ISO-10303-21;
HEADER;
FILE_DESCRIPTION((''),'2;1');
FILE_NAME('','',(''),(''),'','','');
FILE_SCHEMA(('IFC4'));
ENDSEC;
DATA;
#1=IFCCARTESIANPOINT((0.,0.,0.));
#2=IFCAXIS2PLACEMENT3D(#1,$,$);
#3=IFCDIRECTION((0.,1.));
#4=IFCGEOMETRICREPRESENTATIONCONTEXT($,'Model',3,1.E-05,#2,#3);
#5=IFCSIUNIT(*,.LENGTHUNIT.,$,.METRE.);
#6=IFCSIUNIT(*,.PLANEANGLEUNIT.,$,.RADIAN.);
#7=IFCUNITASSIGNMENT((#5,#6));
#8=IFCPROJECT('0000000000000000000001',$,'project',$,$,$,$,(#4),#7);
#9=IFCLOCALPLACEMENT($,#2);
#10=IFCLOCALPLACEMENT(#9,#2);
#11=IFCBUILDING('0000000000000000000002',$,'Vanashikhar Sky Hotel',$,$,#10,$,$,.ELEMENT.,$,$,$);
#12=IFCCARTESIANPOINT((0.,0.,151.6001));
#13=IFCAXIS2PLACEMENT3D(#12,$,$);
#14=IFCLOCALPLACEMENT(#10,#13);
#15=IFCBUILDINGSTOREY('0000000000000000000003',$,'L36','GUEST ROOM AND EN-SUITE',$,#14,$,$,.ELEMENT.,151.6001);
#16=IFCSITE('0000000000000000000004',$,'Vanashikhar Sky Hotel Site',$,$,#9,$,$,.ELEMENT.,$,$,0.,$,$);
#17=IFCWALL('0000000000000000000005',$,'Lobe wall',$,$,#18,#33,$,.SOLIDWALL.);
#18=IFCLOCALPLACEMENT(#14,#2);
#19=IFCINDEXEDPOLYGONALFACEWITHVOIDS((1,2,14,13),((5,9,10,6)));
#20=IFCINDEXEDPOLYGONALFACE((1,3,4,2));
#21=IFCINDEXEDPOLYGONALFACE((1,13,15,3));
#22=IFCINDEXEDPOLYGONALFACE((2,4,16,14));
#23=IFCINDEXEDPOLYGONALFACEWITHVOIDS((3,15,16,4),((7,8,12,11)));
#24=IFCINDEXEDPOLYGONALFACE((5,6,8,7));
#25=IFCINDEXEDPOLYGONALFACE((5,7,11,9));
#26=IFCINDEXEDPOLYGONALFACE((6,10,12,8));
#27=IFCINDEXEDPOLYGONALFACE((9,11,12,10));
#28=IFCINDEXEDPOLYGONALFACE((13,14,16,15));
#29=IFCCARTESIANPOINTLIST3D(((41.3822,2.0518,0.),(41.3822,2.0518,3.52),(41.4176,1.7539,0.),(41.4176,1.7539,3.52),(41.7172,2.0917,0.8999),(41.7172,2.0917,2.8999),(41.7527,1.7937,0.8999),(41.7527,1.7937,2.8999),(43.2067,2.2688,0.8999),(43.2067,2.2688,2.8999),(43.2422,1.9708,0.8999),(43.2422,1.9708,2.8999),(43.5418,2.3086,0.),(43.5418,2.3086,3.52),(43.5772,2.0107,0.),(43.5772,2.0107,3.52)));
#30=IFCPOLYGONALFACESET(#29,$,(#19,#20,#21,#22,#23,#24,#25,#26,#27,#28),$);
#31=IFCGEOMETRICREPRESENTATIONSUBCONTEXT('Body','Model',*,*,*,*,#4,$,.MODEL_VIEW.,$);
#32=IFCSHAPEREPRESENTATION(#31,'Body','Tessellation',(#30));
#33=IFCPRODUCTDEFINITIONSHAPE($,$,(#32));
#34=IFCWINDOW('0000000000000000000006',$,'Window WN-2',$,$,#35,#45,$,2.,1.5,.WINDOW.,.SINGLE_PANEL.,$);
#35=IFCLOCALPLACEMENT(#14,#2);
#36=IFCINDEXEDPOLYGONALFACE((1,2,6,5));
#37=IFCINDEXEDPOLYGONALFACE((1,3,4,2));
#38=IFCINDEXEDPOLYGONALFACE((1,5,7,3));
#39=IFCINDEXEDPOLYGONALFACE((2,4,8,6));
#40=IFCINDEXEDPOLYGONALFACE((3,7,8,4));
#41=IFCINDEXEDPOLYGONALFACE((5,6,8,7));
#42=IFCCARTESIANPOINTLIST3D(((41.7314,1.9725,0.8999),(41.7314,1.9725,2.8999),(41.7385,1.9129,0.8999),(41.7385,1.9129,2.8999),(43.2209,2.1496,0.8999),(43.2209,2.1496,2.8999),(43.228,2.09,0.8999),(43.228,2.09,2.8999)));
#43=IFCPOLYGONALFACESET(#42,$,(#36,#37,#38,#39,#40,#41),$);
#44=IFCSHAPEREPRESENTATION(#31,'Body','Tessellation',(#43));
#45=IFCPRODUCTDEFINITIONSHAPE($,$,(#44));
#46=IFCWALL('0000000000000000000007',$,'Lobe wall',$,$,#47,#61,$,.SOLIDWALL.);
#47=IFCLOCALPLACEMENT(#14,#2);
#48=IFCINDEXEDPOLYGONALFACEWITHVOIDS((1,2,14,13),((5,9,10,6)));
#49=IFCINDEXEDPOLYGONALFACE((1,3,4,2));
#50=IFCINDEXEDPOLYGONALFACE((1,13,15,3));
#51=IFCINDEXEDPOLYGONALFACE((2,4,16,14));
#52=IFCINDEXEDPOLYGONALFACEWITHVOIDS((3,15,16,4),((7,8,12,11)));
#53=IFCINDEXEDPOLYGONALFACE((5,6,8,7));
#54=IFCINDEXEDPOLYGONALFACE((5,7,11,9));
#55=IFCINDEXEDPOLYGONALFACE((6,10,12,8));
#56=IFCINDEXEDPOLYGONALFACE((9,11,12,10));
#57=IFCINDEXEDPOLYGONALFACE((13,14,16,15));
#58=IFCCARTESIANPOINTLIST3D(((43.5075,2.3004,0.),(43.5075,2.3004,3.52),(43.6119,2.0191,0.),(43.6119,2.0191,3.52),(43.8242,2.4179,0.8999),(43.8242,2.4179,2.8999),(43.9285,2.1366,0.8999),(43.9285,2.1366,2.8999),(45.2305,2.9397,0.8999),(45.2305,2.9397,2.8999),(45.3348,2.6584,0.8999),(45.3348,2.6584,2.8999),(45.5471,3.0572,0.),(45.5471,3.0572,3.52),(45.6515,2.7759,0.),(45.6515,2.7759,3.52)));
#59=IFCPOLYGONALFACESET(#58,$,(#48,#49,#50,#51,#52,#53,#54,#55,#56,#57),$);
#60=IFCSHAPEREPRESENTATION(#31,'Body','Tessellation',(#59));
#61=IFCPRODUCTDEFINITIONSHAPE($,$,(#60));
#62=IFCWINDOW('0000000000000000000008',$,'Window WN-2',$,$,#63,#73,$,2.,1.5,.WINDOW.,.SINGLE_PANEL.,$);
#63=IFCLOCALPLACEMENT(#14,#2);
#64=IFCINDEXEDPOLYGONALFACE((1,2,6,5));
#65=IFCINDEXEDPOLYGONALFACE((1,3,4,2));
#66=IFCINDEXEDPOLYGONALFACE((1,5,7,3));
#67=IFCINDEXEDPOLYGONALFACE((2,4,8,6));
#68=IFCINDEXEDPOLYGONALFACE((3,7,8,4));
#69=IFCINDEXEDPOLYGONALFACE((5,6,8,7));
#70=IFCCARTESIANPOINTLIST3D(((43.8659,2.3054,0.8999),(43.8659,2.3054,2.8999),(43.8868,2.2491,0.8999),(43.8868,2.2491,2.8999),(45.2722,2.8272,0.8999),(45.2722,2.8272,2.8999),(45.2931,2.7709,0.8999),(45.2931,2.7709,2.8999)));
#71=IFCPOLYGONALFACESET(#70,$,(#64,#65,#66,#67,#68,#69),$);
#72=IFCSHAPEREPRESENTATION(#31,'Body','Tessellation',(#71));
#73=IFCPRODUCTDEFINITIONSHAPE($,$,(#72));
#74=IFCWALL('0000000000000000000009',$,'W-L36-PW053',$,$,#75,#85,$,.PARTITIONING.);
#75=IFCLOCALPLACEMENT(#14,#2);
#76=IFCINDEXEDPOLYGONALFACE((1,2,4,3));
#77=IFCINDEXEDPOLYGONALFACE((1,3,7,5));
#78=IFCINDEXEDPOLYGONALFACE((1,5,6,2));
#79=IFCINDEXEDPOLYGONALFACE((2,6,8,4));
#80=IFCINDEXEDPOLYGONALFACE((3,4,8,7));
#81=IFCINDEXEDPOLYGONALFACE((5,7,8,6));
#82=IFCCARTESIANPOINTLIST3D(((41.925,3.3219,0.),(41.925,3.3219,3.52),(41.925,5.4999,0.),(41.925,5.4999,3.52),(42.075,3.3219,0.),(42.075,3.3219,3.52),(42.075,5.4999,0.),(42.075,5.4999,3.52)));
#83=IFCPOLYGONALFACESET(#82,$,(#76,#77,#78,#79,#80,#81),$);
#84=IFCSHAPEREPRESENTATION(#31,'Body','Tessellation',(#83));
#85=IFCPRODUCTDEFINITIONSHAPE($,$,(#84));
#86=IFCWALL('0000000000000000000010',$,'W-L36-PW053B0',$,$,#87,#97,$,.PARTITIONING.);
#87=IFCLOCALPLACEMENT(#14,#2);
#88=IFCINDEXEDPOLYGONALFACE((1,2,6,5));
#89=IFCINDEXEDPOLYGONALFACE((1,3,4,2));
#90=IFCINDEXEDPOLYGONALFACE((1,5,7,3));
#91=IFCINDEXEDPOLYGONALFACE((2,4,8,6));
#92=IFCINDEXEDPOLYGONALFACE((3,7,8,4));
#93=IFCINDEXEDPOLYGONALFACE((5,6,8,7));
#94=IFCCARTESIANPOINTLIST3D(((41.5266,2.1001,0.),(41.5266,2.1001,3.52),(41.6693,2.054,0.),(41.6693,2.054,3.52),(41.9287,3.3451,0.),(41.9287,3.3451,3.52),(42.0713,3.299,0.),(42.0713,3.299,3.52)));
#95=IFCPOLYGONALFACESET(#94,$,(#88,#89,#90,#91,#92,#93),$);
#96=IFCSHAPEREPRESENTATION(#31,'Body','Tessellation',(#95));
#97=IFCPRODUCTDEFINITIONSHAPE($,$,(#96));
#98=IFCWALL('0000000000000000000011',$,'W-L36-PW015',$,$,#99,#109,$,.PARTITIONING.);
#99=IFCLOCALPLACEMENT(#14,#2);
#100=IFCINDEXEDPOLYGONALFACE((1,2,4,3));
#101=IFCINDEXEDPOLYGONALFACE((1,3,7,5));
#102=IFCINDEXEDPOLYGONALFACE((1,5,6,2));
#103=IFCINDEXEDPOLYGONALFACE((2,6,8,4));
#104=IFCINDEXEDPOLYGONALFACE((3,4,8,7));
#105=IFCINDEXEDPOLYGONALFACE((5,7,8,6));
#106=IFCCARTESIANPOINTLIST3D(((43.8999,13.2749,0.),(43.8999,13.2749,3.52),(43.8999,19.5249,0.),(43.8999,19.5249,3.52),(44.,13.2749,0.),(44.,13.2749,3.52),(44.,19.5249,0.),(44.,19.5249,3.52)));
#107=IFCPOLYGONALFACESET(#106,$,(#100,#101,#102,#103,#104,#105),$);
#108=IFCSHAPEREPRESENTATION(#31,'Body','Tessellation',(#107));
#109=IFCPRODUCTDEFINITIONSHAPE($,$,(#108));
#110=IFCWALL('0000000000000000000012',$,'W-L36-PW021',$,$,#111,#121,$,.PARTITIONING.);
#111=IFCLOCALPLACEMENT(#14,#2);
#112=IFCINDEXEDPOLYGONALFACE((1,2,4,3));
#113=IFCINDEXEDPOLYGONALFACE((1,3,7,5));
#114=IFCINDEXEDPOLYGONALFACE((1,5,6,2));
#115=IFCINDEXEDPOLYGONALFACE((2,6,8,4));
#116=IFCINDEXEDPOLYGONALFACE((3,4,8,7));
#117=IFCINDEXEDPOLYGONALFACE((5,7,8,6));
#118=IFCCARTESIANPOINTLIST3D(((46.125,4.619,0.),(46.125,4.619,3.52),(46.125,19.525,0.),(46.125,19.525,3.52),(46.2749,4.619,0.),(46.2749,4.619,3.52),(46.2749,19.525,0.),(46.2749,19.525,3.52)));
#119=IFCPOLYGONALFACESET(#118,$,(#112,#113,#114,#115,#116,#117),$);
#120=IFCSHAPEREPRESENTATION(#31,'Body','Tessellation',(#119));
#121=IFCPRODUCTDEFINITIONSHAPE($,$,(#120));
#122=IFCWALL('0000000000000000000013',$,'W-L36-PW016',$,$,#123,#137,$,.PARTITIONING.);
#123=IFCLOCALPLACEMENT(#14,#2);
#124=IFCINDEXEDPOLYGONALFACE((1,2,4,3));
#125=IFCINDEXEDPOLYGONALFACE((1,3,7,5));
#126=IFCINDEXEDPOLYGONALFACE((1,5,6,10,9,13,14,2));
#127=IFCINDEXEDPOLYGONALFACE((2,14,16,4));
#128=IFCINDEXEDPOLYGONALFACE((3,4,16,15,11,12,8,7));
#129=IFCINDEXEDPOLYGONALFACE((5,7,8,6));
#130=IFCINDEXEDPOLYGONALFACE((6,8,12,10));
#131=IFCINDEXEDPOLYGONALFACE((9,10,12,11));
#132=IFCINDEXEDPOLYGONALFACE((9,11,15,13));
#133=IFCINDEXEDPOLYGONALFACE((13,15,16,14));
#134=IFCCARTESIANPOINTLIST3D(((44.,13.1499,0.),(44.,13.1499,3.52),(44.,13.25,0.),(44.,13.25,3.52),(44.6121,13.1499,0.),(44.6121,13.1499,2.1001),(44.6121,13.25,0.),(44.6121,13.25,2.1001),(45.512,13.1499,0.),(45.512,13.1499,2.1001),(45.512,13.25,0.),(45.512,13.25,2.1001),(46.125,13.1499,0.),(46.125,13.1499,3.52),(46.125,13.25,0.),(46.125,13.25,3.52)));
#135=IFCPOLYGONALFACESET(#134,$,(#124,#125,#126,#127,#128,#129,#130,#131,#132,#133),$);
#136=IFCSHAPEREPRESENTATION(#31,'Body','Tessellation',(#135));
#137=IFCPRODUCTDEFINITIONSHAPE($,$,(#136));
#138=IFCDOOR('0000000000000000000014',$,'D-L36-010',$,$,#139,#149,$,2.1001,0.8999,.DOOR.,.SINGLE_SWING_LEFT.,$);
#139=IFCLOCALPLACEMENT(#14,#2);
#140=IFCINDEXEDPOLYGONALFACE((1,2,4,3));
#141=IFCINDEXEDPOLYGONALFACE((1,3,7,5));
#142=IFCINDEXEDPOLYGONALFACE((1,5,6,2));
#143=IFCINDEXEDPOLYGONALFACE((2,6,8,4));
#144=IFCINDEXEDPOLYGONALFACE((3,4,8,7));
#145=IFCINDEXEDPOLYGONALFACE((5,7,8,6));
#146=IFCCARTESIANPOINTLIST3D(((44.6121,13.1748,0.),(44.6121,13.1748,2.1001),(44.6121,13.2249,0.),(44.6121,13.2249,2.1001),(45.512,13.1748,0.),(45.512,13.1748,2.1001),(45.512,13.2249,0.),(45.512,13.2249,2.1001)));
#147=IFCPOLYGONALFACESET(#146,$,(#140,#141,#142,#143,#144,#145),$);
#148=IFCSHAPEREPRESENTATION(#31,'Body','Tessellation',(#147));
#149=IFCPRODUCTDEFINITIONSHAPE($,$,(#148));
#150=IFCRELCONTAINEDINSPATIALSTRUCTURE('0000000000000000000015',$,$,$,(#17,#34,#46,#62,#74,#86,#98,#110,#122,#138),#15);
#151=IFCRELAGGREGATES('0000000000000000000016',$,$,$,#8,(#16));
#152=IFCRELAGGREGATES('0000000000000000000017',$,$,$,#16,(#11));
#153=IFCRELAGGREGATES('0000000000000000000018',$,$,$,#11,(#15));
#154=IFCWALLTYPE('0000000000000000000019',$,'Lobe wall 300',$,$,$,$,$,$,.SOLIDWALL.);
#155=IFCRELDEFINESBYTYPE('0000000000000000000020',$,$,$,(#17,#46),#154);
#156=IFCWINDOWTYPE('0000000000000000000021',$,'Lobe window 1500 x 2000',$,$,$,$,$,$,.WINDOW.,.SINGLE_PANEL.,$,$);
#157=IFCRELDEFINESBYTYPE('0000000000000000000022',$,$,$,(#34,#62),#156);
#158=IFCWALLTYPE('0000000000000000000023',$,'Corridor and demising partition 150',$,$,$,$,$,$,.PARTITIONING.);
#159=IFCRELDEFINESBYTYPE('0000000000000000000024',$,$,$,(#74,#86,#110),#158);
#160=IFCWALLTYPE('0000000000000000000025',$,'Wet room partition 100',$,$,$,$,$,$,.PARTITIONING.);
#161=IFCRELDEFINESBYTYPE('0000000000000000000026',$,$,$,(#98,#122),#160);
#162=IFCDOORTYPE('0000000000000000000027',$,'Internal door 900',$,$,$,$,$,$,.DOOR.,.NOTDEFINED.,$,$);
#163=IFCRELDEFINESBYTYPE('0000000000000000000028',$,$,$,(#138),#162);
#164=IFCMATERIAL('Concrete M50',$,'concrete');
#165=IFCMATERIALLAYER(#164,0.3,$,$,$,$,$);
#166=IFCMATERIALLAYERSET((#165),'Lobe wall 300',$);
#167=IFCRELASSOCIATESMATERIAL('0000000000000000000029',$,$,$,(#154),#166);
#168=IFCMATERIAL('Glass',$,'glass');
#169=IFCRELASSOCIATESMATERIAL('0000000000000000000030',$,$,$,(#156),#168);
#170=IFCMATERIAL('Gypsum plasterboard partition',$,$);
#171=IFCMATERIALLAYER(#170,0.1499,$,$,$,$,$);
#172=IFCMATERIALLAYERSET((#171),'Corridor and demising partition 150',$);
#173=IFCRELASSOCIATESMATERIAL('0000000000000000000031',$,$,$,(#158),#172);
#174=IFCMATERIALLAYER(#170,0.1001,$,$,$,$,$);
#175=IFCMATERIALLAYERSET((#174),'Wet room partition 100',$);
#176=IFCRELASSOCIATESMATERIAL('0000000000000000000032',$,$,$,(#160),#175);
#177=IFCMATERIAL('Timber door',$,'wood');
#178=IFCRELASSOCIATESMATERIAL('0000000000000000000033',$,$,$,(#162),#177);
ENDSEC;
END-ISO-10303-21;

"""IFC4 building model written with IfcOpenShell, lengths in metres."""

from ifc_helpers import new_model, si_unit, direction, frame, frame_2d, origin, place, context, subcontext, project, spatial, rectangle, extrude, source, transform, mapped, material, layer, layer_set, type_object, element, fill, save


model = new_model("IFC4")

# Units and contexts
model_context = context("Model", 3, precision=1e-05, world=origin(), true_north=direction((0.0, 1.0)))
body_context = subcontext(model_context, "Body", "Model", "MODEL_VIEW")
ifc_project = project(units=[si_unit("LENGTHUNIT", "METRE"), si_unit("PLANEANGLEUNIT", "RADIAN")], contexts=[model_context])

# Site, building, storey
site_placement = place(None, origin())
site = spatial("IfcSite", under=ifc_project, at=site_placement, Name="Vanashikhar Sky Hotel Site", CompositionType="ELEMENT", RefElevation=0.0)
building_placement = place(site_placement, origin())
building = spatial("IfcBuilding", under=site, at=building_placement, Name="Vanashikhar Sky Hotel", CompositionType="ELEMENT")
storey_placement = place(building_placement, frame((0.0, 0.0, 151.6001)))
storey = spatial("IfcBuildingStorey", under=building, at=storey_placement, Name="L36", Description="GUEST ROOM AND EN-SUITE", CompositionType="ELEMENT", Elevation=151.6001)

# Shared definitions
ifc_material_1 = material(Name="Concrete M50", Category="concrete")

# Walls, openings, windows
ifc_layer_1 = layer(ifc_material_1, 0.3)
ifc_layer_set_1 = layer_set([ifc_layer_1], Name="Lobe wall 300")
wall_type_1 = type_object("IfcWallType", Name="Lobe wall 300", PredefinedType="SOLIDWALL", material=ifc_layer_set_1)
shared_shape_1 = source(origin(), body_context, "Body", "SweptSolid", [
    extrude(rectangle(XDim=1.5, YDim=2.0, at=frame_2d((0.75, 1.0))), frame((0.0, 0.1602, 0.0), z_axis=(0.0, -1.0, 0.0), x_axis=(1.0, 0.0, 0.0)), (0.0, 0.0, 1.0), 0.3201),
])
ifc_material_2 = material(Name="Glass", Category="glass")
window_type = type_object("IfcWindowType", Name="Lobe window 1500 x 2000", PartitioningType="SINGLE_PANEL", PredefinedType="WINDOW", material=ifc_material_2)
shared_shape_2 = source(origin(), body_context, "Body", "SweptSolid", [
    extrude(rectangle(XDim=1.5, YDim=2.0, at=frame_2d((0.75, 1.0))), frame((0.0, 0.03, 0.0), z_axis=(0.0, -1.0, 0.0), x_axis=(1.0, 0.0, 0.0)), (0.0, 0.0, 1.0), 0.0601),
])
shared_shape_3 = source(origin(), body_context, "Body", "SweptSolid", [
    extrude(rectangle(XDim=2.1748, YDim=0.3, at=frame_2d((1.0874, 0.0))), origin(), (0.0, 0.0, 1.0), 3.52),
])
wall_1_placement = place(storey_placement, frame((41.3999, 1.9028, 0.0), z_axis=(0.0, 0.0, 1.0), x_axis=(0.993003, 0.118092, 0.0)))
wall_1 = element("IfcWall", 1, at=wall_1_placement, inside=storey, type_object=wall_type_1, Name="Lobe wall", PredefinedType="SOLIDWALL", context=body_context, shape_type="MappedRepresentation", body=[
    mapped(shared_shape_3, transform((0.0, 0.0, 0.0), scale=1.0)),
])
opening_1_placement = place(wall_1_placement, frame((0.3374, 0.0, 0.8999)))
opening_1 = element("IfcOpeningElement", 2, at=opening_1_placement, cuts=wall_1, PredefinedType="OPENING", context=body_context, shape_type="MappedRepresentation", body=[
    mapped(shared_shape_1, transform((0.0, 0.0, 0.0), scale=1.0)),
])
window_1_placement = place(opening_1_placement, origin())
window_1 = element("IfcWindow", 3, at=window_1_placement, inside=storey, type_object=window_type, Name="Window WN-2", OverallHeight=2.0, OverallWidth=1.5, PartitioningType="SINGLE_PANEL", PredefinedType="WINDOW", context=body_context, shape_type="MappedRepresentation", body=[
    mapped(shared_shape_2, transform((0.0, 0.0, 0.0), scale=1.0)),
])
fill(opening_1, window_1)
shared_shape_4 = source(origin(), body_context, "Body", "SweptSolid", [
    extrude(rectangle(XDim=2.1755, YDim=0.3, at=frame_2d((1.0879, 0.0))), origin(), (0.0, 0.0, 1.0), 3.52),
])
wall_2_placement = place(storey_placement, frame((43.5596, 2.1597, 0.0), z_axis=(0.0, 0.0, 1.0), x_axis=(0.937532, 0.347899, 0.0)))
wall_2 = element("IfcWall", 4, at=wall_2_placement, inside=storey, type_object=wall_type_1, Name="Lobe wall", PredefinedType="SOLIDWALL", context=body_context, shape_type="MappedRepresentation", body=[
    mapped(shared_shape_4, transform((0.0, 0.0, 0.0), scale=1.0)),
])
opening_2_placement = place(wall_2_placement, frame((0.3379, 0.0, 0.8999)))
opening_2 = element("IfcOpeningElement", 5, at=opening_2_placement, cuts=wall_2, PredefinedType="OPENING", context=body_context, shape_type="MappedRepresentation", body=[
    mapped(shared_shape_1, transform((0.0, 0.0, 0.0), scale=1.0)),
])
window_2_placement = place(opening_2_placement, origin())
window_2 = element("IfcWindow", 6, at=window_2_placement, inside=storey, type_object=window_type, Name="Window WN-2", OverallHeight=2.0, OverallWidth=1.5, PartitioningType="SINGLE_PANEL", PredefinedType="WINDOW", context=body_context, shape_type="MappedRepresentation", body=[
    mapped(shared_shape_2, transform((0.0, 0.0, 0.0), scale=1.0)),
])
fill(opening_2, window_2)

# Walls
ifc_material_3 = material(Name="Gypsum plasterboard partition")
ifc_layer_2 = layer(ifc_material_3, 0.1499)
ifc_layer_set_2 = layer_set([ifc_layer_2], Name="Corridor and demising partition 150")
wall_type_2 = type_object("IfcWallType", Name="Corridor and demising partition 150", PredefinedType="PARTITIONING", material=ifc_layer_set_2)
shared_shape_5 = source(origin(), body_context, "Body", "SweptSolid", [
    extrude(rectangle(XDim=2.178, YDim=0.1499, at=frame_2d((1.0889, 0.0))), origin(), (0.0, 0.0, 1.0), 3.52),
])
wall_3_placement = place(storey_placement, frame((42.0, 3.322, 0.0), z_axis=(0.0, 0.0, 1.0), x_axis=(0.0, 1.0, 0.0)))
element("IfcWall", 7, at=wall_3_placement, inside=storey, type_object=wall_type_2, Name="W-L36-PW053", PredefinedType="PARTITIONING", context=body_context, shape_type="MappedRepresentation", body=[
    mapped(shared_shape_5, transform((0.0, 0.0, 0.0), scale=1.0)),
])
shared_shape_6 = source(origin(), body_context, "Body", "SweptSolid", [
    extrude(rectangle(XDim=1.3083, YDim=0.1499, at=frame_2d((0.6543, 0.0))), origin(), (0.0, 0.0, 1.0), 3.52),
])
wall_4_placement = place(storey_placement, frame((41.5979, 2.0769, 0.0), z_axis=(0.0, 0.0, 1.0), x_axis=(0.307314, 0.951608, 0.0)))
element("IfcWall", 8, at=wall_4_placement, inside=storey, type_object=wall_type_2, Name="W-L36-PW053B0", PredefinedType="PARTITIONING", context=body_context, shape_type="MappedRepresentation", body=[
    mapped(shared_shape_6, transform((0.0, 0.0, 0.0), scale=1.0)),
])
ifc_layer_3 = layer(ifc_material_3, 0.1001)
ifc_layer_set_3 = layer_set([ifc_layer_3], Name="Wet room partition 100")
wall_type_3 = type_object("IfcWallType", Name="Wet room partition 100", PredefinedType="PARTITIONING", material=ifc_layer_set_3)
shared_shape_7 = source(origin(), body_context, "Body", "SweptSolid", [
    extrude(rectangle(XDim=6.25, YDim=0.1001, at=frame_2d((3.125, 0.0))), origin(), (0.0, 0.0, 1.0), 3.52),
])
wall_5_placement = place(storey_placement, frame((43.95, 13.2749, 0.0), z_axis=(0.0, 0.0, 1.0), x_axis=(0.0, 1.0, 0.0)))
element("IfcWall", 9, at=wall_5_placement, inside=storey, type_object=wall_type_3, Name="W-L36-PW015", PredefinedType="PARTITIONING", context=body_context, shape_type="MappedRepresentation", body=[
    mapped(shared_shape_7, transform((0.0, 0.0, 0.0), scale=1.0)),
])
shared_shape_8 = source(origin(), body_context, "Body", "SweptSolid", [
    extrude(rectangle(XDim=14.906, YDim=0.1499, at=frame_2d((7.4531, 0.0))), origin(), (0.0, 0.0, 1.0), 3.52),
])
wall_6_placement = place(storey_placement, frame((46.2, 4.6189, 0.0), z_axis=(0.0, 0.0, 1.0), x_axis=(0.0, 1.0, 0.0)))
element("IfcWall", 10, at=wall_6_placement, inside=storey, type_object=wall_type_2, Name="W-L36-PW021", PredefinedType="PARTITIONING", context=body_context, shape_type="MappedRepresentation", body=[
    mapped(shared_shape_8, transform((0.0, 0.0, 0.0), scale=1.0)),
])

# Wall, opening, door
shared_shape_9 = source(origin(), body_context, "Body", "SweptSolid", [
    extrude(rectangle(XDim=2.125, YDim=0.1001, at=frame_2d((1.0625, 0.0))), origin(), (0.0, 0.0, 1.0), 3.52),
])
wall_7_placement = place(storey_placement, frame((44.0, 13.2, 0.0), z_axis=(0.0, 0.0, 1.0), x_axis=(1.0, 0.0, 0.0)))
wall_7 = element("IfcWall", 11, at=wall_7_placement, inside=storey, type_object=wall_type_3, Name="W-L36-PW016", PredefinedType="PARTITIONING", context=body_context, shape_type="MappedRepresentation", body=[
    mapped(shared_shape_9, transform((0.0, 0.0, 0.0), scale=1.0)),
])
shared_shape_10 = source(origin(), body_context, "Body", "SweptSolid", [
    extrude(rectangle(XDim=0.8999, YDim=2.1001, at=frame_2d((0.45, 1.05))), frame((0.0, 0.0601, 0.0), z_axis=(0.0, -1.0, 0.0), x_axis=(1.0, 0.0, 0.0)), (0.0, 0.0, 1.0), 0.1201),
])
opening_3_placement = place(wall_7_placement, frame((0.6121, 0.0, 0.0)))
opening_3 = element("IfcOpeningElement", 12, at=opening_3_placement, cuts=wall_7, PredefinedType="OPENING", context=body_context, shape_type="MappedRepresentation", body=[
    mapped(shared_shape_10, transform((0.0, 0.0, 0.0), scale=1.0)),
])
ifc_material_4 = material(Name="Timber door", Category="wood")
door_type_1 = type_object("IfcDoorType", Name="Internal door 900", OperationType="NOTDEFINED", PredefinedType="DOOR", material=ifc_material_4)
shared_shape_11 = source(origin(), body_context, "Body", "SweptSolid", [
    extrude(rectangle(XDim=0.8999, YDim=2.1001, at=frame_2d((0.45, 1.05))), frame((0.0, 0.0249, 0.0), z_axis=(0.0, -1.0, 0.0), x_axis=(1.0, 0.0, 0.0)), (0.0, 0.0, 1.0), 0.05),
])
door_1_placement = place(opening_3_placement, origin())
door_1 = element("IfcDoor", 13, at=door_1_placement, inside=storey, type_object=door_type_1, Name="D-L36-010", OperationType="SINGLE_SWING_LEFT", OverallHeight=2.1001, OverallWidth=0.8999, PredefinedType="DOOR", context=body_context, shape_type="MappedRepresentation", body=[
    mapped(shared_shape_11, transform((0.0, 0.0, 0.0), scale=1.0)),
])
fill(opening_3, door_1)

save(model, "model.ifc")
